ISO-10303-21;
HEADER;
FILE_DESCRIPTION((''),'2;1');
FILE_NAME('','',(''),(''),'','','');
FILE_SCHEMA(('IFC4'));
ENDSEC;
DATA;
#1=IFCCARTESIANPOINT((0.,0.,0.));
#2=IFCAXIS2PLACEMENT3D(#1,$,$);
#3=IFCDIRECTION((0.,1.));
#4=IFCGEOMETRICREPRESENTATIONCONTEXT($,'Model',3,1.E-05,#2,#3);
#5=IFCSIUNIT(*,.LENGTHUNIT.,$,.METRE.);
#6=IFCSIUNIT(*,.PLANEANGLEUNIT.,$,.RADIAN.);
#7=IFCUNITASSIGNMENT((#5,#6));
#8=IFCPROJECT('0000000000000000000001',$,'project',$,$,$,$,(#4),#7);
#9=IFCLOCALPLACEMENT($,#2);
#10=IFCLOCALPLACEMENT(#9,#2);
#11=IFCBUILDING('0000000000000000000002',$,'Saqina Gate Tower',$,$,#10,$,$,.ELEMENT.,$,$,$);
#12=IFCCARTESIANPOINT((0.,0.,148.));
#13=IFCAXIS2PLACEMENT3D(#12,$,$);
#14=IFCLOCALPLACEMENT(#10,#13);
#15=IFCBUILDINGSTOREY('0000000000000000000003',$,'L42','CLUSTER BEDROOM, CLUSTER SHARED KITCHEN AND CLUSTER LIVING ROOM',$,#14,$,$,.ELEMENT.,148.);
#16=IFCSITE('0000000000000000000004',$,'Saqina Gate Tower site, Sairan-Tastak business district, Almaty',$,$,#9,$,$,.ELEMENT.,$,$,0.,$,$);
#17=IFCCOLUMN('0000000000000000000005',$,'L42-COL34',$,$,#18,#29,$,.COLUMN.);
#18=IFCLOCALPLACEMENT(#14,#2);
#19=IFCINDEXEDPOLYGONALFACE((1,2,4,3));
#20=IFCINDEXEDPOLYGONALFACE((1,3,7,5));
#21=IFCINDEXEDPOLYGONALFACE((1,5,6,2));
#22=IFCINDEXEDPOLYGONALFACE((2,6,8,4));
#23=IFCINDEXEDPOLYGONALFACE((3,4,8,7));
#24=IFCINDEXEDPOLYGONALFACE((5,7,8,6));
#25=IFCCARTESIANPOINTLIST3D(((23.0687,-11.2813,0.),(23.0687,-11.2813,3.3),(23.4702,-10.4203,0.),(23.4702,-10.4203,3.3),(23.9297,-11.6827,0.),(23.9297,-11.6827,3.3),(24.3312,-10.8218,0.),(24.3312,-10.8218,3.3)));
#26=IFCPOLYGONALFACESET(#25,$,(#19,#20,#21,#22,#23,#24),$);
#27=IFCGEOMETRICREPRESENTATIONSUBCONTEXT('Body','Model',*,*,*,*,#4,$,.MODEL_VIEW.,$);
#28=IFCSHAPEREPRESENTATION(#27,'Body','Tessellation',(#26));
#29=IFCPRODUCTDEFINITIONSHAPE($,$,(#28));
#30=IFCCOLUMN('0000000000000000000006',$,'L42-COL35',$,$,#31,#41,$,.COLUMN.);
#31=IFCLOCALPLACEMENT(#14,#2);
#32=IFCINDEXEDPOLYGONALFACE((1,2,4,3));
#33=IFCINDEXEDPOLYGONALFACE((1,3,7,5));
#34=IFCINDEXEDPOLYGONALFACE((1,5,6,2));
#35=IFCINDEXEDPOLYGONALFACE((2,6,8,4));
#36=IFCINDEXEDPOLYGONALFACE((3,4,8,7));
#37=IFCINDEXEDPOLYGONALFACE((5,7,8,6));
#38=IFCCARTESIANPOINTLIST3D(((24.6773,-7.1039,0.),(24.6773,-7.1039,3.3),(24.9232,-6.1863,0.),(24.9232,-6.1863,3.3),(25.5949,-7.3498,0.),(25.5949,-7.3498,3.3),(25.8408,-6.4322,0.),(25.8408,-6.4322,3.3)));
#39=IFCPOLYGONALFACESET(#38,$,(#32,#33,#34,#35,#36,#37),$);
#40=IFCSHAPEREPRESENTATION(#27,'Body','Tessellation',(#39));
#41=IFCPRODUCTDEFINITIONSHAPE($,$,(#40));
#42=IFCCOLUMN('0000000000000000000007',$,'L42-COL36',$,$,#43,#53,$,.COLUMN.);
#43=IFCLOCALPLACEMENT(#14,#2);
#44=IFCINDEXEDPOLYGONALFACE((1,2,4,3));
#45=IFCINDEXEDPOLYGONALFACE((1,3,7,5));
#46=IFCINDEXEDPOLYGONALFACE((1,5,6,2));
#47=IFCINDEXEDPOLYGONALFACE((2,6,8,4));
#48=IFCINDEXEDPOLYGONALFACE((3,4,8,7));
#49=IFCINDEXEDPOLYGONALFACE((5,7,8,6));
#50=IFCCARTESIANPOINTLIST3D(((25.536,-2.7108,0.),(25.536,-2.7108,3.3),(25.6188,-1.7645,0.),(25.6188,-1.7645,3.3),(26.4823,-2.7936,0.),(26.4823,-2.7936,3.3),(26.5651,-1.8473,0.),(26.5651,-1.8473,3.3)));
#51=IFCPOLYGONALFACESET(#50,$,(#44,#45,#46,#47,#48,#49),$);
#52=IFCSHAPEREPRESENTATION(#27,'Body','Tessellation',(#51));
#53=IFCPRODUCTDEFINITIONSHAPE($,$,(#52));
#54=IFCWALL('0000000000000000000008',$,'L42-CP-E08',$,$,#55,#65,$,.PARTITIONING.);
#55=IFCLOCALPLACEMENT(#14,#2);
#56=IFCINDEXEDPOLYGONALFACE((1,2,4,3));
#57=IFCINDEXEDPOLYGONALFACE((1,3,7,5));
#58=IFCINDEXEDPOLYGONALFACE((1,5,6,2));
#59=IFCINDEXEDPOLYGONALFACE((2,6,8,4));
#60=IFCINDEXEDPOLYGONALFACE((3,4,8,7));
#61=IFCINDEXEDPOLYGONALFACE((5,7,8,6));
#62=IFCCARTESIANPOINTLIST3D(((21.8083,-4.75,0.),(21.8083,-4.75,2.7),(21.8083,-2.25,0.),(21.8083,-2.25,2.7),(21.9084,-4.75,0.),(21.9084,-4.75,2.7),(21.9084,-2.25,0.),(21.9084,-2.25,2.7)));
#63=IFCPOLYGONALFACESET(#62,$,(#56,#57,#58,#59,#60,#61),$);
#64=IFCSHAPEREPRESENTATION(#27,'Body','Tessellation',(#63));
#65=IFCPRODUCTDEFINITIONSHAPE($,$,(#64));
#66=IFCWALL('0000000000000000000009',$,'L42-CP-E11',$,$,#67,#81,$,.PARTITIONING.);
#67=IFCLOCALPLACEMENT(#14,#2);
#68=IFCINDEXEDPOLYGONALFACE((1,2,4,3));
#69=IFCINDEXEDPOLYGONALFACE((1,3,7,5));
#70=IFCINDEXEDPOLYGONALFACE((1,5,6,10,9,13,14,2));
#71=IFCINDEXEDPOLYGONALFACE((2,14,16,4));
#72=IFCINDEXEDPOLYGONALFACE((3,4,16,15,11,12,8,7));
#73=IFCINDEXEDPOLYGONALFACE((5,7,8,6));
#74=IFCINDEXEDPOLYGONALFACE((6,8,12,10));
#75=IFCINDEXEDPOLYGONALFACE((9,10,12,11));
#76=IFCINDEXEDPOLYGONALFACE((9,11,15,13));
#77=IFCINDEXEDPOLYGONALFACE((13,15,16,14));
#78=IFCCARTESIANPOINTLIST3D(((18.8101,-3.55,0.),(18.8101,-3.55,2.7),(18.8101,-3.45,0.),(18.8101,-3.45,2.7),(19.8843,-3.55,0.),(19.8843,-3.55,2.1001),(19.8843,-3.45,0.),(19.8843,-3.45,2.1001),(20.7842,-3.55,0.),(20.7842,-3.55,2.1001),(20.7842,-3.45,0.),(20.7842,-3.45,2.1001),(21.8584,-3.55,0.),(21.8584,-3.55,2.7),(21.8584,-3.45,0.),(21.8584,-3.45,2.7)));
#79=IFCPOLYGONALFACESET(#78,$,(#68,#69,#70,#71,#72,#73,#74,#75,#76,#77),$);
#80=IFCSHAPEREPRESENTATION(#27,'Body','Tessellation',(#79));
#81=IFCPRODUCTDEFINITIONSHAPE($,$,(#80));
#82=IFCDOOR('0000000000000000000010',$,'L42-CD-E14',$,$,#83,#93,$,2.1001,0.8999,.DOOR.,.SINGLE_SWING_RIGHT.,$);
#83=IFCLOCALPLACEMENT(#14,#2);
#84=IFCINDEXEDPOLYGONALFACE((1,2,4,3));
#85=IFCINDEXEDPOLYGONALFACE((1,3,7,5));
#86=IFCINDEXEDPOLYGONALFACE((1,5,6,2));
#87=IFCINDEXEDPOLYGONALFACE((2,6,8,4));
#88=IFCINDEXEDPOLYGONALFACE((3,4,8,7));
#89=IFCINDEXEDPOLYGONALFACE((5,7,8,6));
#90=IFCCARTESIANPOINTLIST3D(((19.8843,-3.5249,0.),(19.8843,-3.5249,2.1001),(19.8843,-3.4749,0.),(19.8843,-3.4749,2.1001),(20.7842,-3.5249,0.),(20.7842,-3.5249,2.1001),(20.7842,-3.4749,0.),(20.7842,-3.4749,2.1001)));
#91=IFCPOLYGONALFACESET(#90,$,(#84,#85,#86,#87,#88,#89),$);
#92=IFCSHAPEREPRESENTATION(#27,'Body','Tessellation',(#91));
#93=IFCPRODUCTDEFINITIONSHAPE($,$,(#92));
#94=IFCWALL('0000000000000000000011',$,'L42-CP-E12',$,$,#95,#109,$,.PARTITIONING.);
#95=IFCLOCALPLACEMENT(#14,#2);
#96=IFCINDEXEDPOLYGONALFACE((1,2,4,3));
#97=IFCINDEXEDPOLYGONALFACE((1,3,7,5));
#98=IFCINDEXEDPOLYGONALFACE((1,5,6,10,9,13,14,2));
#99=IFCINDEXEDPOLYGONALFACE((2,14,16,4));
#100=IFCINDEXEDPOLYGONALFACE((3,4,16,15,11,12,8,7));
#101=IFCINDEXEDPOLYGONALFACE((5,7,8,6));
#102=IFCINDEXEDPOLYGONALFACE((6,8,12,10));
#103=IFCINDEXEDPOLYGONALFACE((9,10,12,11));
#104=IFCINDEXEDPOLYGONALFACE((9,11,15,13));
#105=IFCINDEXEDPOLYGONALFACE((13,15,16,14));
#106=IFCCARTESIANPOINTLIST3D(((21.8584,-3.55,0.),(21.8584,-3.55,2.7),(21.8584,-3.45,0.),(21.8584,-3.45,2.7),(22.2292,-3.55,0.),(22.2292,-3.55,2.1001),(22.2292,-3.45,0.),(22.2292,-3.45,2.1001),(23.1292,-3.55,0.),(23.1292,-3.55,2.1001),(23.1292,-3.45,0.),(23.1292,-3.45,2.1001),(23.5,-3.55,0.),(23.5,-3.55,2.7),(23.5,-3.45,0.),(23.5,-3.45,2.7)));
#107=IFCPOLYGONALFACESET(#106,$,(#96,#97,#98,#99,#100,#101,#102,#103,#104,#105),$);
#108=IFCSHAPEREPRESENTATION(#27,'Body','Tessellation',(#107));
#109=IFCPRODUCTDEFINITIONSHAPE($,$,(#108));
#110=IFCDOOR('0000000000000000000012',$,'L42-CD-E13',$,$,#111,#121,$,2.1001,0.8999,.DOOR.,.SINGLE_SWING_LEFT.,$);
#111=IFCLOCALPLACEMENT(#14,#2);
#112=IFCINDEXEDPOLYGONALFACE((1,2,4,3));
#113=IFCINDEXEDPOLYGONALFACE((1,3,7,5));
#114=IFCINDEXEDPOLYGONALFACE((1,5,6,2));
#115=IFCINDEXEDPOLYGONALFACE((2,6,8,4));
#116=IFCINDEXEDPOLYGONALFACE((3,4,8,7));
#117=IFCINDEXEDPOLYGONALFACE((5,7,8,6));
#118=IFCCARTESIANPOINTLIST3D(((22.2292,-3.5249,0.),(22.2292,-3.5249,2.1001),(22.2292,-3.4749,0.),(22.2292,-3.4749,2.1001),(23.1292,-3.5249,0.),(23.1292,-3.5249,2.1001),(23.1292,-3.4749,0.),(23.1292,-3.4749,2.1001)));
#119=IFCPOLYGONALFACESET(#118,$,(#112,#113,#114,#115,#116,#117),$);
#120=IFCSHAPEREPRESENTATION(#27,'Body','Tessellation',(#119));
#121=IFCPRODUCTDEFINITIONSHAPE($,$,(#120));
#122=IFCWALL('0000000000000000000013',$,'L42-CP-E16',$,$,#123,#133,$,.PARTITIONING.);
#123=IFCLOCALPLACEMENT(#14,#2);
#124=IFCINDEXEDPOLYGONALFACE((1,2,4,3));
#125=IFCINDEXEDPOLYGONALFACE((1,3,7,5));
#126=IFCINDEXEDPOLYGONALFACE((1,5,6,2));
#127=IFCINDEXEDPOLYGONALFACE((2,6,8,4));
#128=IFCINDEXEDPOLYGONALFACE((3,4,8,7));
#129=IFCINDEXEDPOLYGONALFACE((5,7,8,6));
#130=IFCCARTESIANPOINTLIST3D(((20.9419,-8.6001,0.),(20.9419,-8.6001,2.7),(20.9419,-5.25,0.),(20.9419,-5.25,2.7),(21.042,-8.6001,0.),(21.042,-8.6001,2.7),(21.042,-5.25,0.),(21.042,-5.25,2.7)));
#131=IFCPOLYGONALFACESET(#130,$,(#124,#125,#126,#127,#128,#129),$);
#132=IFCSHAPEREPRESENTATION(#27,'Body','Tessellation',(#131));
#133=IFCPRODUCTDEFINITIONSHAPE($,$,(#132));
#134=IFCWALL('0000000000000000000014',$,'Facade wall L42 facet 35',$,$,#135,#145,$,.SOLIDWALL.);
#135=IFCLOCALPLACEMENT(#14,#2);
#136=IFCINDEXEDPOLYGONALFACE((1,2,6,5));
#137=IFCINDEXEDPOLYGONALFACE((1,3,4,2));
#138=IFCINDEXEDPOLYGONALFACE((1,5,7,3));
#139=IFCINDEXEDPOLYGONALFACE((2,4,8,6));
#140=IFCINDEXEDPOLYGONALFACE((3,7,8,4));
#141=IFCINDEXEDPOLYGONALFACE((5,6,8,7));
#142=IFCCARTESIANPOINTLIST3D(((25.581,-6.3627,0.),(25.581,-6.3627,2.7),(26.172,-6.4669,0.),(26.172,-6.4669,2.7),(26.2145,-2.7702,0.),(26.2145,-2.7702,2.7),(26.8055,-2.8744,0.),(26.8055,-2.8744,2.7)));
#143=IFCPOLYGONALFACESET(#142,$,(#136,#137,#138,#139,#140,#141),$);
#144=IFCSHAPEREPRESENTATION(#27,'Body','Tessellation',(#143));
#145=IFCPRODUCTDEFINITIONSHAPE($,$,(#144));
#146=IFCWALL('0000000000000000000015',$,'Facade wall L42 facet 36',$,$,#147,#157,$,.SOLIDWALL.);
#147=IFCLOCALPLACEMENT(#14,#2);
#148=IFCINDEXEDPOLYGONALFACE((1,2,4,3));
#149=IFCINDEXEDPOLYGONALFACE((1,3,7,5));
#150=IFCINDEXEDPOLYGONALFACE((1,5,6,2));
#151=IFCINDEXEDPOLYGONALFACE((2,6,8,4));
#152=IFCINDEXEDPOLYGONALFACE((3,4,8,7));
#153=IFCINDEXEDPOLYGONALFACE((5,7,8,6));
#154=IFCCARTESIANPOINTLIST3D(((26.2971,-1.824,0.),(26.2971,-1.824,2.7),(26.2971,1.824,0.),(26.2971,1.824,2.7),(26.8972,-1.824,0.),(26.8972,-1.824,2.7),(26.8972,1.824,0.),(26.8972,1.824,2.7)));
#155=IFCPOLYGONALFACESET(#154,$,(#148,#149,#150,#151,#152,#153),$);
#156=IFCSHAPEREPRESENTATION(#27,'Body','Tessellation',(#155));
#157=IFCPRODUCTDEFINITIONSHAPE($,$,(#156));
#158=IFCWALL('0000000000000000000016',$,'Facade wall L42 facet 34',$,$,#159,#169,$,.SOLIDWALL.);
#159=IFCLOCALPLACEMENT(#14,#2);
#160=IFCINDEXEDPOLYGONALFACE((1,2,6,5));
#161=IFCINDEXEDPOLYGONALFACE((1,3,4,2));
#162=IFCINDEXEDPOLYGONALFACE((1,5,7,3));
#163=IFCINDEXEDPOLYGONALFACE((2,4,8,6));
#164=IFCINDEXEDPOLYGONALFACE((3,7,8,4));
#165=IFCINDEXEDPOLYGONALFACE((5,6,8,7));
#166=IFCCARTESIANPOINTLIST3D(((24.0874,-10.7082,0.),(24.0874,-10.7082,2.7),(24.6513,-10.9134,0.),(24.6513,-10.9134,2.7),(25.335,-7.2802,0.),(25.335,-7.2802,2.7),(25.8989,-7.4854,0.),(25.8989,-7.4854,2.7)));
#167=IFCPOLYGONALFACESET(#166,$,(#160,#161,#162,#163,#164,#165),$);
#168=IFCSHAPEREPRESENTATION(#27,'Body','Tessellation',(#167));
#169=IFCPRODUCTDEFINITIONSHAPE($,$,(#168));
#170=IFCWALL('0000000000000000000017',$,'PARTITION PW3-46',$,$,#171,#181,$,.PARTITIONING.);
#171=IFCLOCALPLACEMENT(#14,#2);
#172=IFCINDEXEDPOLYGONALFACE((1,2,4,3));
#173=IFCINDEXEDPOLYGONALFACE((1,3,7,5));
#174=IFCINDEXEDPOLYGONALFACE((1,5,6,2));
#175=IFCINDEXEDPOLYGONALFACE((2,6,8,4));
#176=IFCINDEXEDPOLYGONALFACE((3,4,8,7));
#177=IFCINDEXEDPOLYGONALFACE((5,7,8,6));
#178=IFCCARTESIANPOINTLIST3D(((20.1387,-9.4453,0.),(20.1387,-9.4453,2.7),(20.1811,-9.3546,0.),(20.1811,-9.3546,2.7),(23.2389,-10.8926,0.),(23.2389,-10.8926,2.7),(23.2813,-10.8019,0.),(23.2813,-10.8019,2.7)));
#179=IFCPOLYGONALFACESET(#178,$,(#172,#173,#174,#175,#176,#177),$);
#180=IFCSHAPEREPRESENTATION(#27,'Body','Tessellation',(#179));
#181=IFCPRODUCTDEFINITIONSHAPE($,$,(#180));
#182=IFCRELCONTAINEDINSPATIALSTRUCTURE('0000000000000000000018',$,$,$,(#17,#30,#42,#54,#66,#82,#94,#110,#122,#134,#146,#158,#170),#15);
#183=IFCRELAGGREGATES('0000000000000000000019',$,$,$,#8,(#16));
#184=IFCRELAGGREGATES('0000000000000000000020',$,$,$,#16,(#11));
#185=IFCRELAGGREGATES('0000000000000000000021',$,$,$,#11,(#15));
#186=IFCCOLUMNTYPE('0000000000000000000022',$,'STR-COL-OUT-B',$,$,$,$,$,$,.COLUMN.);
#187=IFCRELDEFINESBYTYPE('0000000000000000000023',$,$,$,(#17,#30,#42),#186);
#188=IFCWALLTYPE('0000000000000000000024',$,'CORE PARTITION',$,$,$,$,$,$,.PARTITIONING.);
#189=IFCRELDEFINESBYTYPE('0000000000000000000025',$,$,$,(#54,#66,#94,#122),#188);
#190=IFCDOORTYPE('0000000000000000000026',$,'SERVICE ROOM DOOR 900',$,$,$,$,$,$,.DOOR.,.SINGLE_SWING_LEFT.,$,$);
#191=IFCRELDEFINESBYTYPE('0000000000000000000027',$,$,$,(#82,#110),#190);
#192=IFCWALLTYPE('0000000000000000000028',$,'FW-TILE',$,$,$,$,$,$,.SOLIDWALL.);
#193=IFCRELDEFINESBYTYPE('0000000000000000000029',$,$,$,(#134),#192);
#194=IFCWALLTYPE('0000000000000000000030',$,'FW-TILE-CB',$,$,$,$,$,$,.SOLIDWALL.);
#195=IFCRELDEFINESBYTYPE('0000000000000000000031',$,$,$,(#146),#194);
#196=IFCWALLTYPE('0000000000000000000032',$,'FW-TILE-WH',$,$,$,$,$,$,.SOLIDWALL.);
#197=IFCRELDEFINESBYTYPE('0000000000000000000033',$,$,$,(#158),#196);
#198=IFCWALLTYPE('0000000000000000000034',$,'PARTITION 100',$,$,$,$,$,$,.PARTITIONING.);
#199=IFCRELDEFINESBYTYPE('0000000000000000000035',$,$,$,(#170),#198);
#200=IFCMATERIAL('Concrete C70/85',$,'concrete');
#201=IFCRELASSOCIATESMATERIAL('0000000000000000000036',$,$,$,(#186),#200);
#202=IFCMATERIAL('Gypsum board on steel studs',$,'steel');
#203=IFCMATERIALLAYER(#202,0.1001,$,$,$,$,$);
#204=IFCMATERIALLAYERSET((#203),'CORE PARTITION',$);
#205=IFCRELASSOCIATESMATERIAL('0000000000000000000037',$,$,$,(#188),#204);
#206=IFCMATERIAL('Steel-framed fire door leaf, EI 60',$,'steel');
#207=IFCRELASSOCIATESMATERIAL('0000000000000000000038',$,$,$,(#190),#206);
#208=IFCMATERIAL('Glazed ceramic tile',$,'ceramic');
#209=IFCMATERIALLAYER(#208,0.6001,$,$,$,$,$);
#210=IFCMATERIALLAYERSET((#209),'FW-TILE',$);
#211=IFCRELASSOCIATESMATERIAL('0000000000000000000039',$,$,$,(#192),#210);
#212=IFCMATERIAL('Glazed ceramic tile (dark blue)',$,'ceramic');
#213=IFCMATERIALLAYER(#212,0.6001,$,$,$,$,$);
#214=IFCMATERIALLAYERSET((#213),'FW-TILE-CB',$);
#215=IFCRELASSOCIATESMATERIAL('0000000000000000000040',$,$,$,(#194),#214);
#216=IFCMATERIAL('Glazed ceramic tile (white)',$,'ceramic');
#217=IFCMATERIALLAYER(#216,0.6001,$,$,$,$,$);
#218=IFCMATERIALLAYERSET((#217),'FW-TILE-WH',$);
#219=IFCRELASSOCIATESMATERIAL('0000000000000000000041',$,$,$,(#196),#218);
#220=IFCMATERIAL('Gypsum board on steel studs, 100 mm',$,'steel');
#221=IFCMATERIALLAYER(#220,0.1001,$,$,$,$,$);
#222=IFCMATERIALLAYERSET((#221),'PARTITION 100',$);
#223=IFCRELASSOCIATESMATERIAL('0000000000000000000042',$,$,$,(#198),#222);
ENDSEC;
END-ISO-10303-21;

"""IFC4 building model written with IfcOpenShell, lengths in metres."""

from ifc_helpers import new_model, si_unit, direction, frame, frame_2d, origin, origin_2d, place, context, subcontext, project, spatial, rectangle, extrude, material, layer, layer_set, material_profile, profile_set, type_object, element, fill, save


model = new_model("IFC4")

# Units and contexts
model_context = context("Model", 3, precision=1e-05, world=origin(), true_north=direction((0.0, 1.0)))
body_context = subcontext(model_context, "Body", "Model", "MODEL_VIEW")
ifc_project = project(units=[si_unit("LENGTHUNIT", "METRE"), si_unit("PLANEANGLEUNIT", "RADIAN")], contexts=[model_context])

# Site, building, storey
site_placement = place(None, origin())
site = spatial("IfcSite", under=ifc_project, at=site_placement, Name="Saqina Gate Tower site, Sairan-Tastak business district, Almaty", CompositionType="ELEMENT", RefElevation=0.0)
building_placement = place(site_placement, origin())
building = spatial("IfcBuilding", under=site, at=building_placement, Name="Saqina Gate Tower", CompositionType="ELEMENT")
storey_placement = place(building_placement, frame((0.0, 0.0, 148.0)))
storey = spatial("IfcBuildingStorey", under=building, at=storey_placement, Name="L42", Description="CLUSTER BEDROOM, CLUSTER SHARED KITCHEN AND CLUSTER LIVING ROOM", CompositionType="ELEMENT", Elevation=148.0)

# Columns
ifc_material_1 = material(Name="Concrete C70/85", Category="concrete")
ifc_material_profile = material_profile(ifc_material_1, rectangle(XDim=0.95, YDim=0.95, at=origin_2d()), Name="RC 950x950")
ifc_profile_set = profile_set([ifc_material_profile], Name="Concrete C70/85")
column_type = type_object("IfcColumnType", Name="STR-COL-OUT-B", PredefinedType="COLUMN", material=ifc_profile_set)
for number, where, z_axis, x_axis, name in (
    (1, (23.7, -11.0515, 0.0), (0.0, 0.0, 1.0), (0.906308, -0.422618, 0.0), "L42-COL34"),
    (2, (25.259, -6.7681, 0.0), (0.0, 0.0, 1.0), (0.965926, -0.258819, 0.0), "L42-COL35"),
    (3, (26.0505, -2.2791, 0.0), (0.0, 0.0, 1.0), (0.996195, -0.087156, 0.0), "L42-COL36"),
):
    element("IfcColumn", number, at=place(storey_placement, frame(where, z_axis=z_axis, x_axis=x_axis)), inside=storey, type_object=column_type, Name=name, PredefinedType="COLUMN", context=body_context, shape_type="SweptSolid", body=[
        extrude(rectangle(XDim=0.95, YDim=0.95, at=origin_2d()), origin(), (0.0, 0.0, 1.0), 3.3),
    ])

# Wall
ifc_material_2 = material(Name="Gypsum board on steel studs", Category="steel")
ifc_layer_1 = layer(ifc_material_2, 0.1001)
ifc_layer_set_1 = layer_set([ifc_layer_1], Name="CORE PARTITION")
wall_type_1 = type_object("IfcWallType", Name="CORE PARTITION", PredefinedType="PARTITIONING", material=ifc_layer_set_1)
wall_1_placement = place(storey_placement, frame((21.8584, -4.75, 0.0), z_axis=(0.0, 0.0, 1.0), x_axis=(0.0, 1.0, 0.0)))
element("IfcWall", 4, at=wall_1_placement, inside=storey, type_object=wall_type_1, Name="L42-CP-E08", PredefinedType="PARTITIONING", context=body_context, shape_type="SweptSolid", body=[
    extrude(rectangle(XDim=2.5, YDim=0.1001, at=frame_2d((1.25, 0.0))), origin(), (0.0, 0.0, 1.0), 2.7),
])

# Walls, openings, doors
wall_2_placement = place(storey_placement, frame((18.8101, -3.5, 0.0), z_axis=(0.0, 0.0, 1.0), x_axis=(1.0, 0.0, 0.0)))
wall_2 = element("IfcWall", 5, at=wall_2_placement, inside=storey, type_object=wall_type_1, Name="L42-CP-E11", PredefinedType="PARTITIONING", context=body_context, shape_type="SweptSolid", body=[
    extrude(rectangle(XDim=3.0483, YDim=0.1001, at=frame_2d((1.5242, 0.0))), origin(), (0.0, 0.0, 1.0), 2.7),
])
opening_1_placement = place(wall_2_placement, frame((1.0742, 0.0, 0.0)))
opening_1 = element("IfcOpeningElement", 6, at=opening_1_placement, cuts=wall_2, PredefinedType="OPENING", context=body_context, shape_type="SweptSolid", body=[
    extrude(rectangle(XDim=0.8999, YDim=2.1001, at=frame_2d((0.45, 1.05))), frame((0.0, 0.062, 0.0), z_axis=(0.0, -1.0, 0.0), x_axis=(1.0, 0.0, 0.0)), (0.0, 0.0, 1.0), 0.124),
])
ifc_material_3 = material(Name="Steel-framed fire door leaf, EI 60", Category="steel")
door_type = type_object("IfcDoorType", Name="SERVICE ROOM DOOR 900", OperationType="SINGLE_SWING_LEFT", PredefinedType="DOOR", material=ifc_material_3)
door_1_placement = place(opening_1_placement, frame((0.8999, 0.0, 0.0), z_axis=(0.0, 0.0, 1.0), x_axis=(-1.0, 0.0, 0.0)))
door_1 = element("IfcDoor", 7, at=door_1_placement, inside=storey, type_object=door_type, Name="L42-CD-E14", OperationType="SINGLE_SWING_RIGHT", OverallHeight=2.1001, OverallWidth=0.8999, PredefinedType="DOOR", context=body_context, shape_type="SweptSolid", body=[
    extrude(rectangle(XDim=0.8999, YDim=2.1001, at=frame_2d((0.45, 1.05))), frame((0.0, 0.0249, 0.0), z_axis=(0.0, -1.0, 0.0), x_axis=(1.0, 0.0, 0.0)), (0.0, 0.0, 1.0), 0.05),
])
fill(opening_1, door_1)
wall_3_placement = place(storey_placement, frame((21.8584, -3.5, 0.0), z_axis=(0.0, 0.0, 1.0), x_axis=(1.0, 0.0, 0.0)))
wall_3 = element("IfcWall", 8, at=wall_3_placement, inside=storey, type_object=wall_type_1, Name="L42-CP-E12", PredefinedType="PARTITIONING", context=body_context, shape_type="SweptSolid", body=[
    extrude(rectangle(XDim=1.6416, YDim=0.1001, at=frame_2d((0.8208, 0.0))), origin(), (0.0, 0.0, 1.0), 2.7),
])
opening_2_placement = place(wall_3_placement, frame((0.3708, 0.0, 0.0)))
opening_2 = element("IfcOpeningElement", 9, at=opening_2_placement, cuts=wall_3, PredefinedType="OPENING", context=body_context, shape_type="SweptSolid", body=[
    extrude(rectangle(XDim=0.8999, YDim=2.1001, at=frame_2d((0.45, 1.05))), frame((0.0, 0.062, 0.0), z_axis=(0.0, -1.0, 0.0), x_axis=(1.0, 0.0, 0.0)), (0.0, 0.0, 1.0), 0.124),
])
door_2_placement = place(opening_2_placement, frame((0.8999, 0.0, 0.0), z_axis=(0.0, 0.0, 1.0), x_axis=(-1.0, 0.0, 0.0)))
door_2 = element("IfcDoor", 10, at=door_2_placement, inside=storey, type_object=door_type, Name="L42-CD-E13", OperationType="SINGLE_SWING_LEFT", OverallHeight=2.1001, OverallWidth=0.8999, PredefinedType="DOOR", context=body_context, shape_type="SweptSolid", body=[
    extrude(rectangle(XDim=0.8999, YDim=2.1001, at=frame_2d((0.45, 1.05))), frame((0.0, 0.0249, 0.0), z_axis=(0.0, -1.0, 0.0), x_axis=(1.0, 0.0, 0.0)), (0.0, 0.0, 1.0), 0.05),
])
fill(opening_2, door_2)

# Walls
wall_4_placement = place(storey_placement, frame((20.9919, -8.6001, 0.0), z_axis=(0.0, 0.0, 1.0), x_axis=(0.0, 1.0, 0.0)))
element("IfcWall", 11, at=wall_4_placement, inside=storey, type_object=wall_type_1, Name="L42-CP-E16", PredefinedType="PARTITIONING", context=body_context, shape_type="SweptSolid", body=[
    extrude(rectangle(XDim=3.3501, YDim=0.1001, at=frame_2d((1.675, 0.0))), origin(), (0.0, 0.0, 1.0), 2.7),
])
ifc_material_4 = material(Name="Glazed ceramic tile", Category="ceramic")
ifc_layer_2 = layer(ifc_material_4, 0.6001)
ifc_layer_set_2 = layer_set([ifc_layer_2], Name="FW-TILE")
wall_type_2 = type_object("IfcWallType", Name="FW-TILE", PredefinedType="SOLIDWALL", material=ifc_layer_set_2)
wall_5_placement = place(storey_placement, frame((25.8765, -6.4148, 0.0), z_axis=(0.0, 0.0, 1.0), x_axis=(0.173671, 0.984804, 0.0)))
element("IfcWall", 12, at=wall_5_placement, inside=storey, type_object=wall_type_2, Name="Facade wall L42 facet 35", PredefinedType="SOLIDWALL", context=body_context, shape_type="SweptSolid", body=[
    extrude(rectangle(XDim=3.6479, YDim=0.6001, at=frame_2d((1.824, 0.0))), origin(), (0.0, 0.0, 1.0), 2.7),
])
ifc_material_5 = material(Name="Glazed ceramic tile (dark blue)", Category="ceramic")
ifc_layer_3 = layer(ifc_material_5, 0.6001)
ifc_layer_set_3 = layer_set([ifc_layer_3], Name="FW-TILE-CB")
wall_type_3 = type_object("IfcWallType", Name="FW-TILE-CB", PredefinedType="SOLIDWALL", material=ifc_layer_set_3)
wall_6_placement = place(storey_placement, frame((26.5972, -1.824, 0.0), z_axis=(0.0, 0.0, 1.0), x_axis=(0.0, 1.0, 0.0)))
element("IfcWall", 13, at=wall_6_placement, inside=storey, type_object=wall_type_3, Name="Facade wall L42 facet 36", PredefinedType="SOLIDWALL", context=body_context, shape_type="SweptSolid", body=[
    extrude(rectangle(XDim=3.6479, YDim=0.6001, at=frame_2d((1.824, 0.0))), origin(), (0.0, 0.0, 1.0), 2.7),
])
ifc_material_6 = material(Name="Glazed ceramic tile (white)", Category="ceramic")
ifc_layer_4 = layer(ifc_material_6, 0.6001)
ifc_layer_set_4 = layer_set([ifc_layer_4], Name="FW-TILE-WH")
wall_type_4 = type_object("IfcWallType", Name="FW-TILE-WH", PredefinedType="SOLIDWALL", material=ifc_layer_set_4)
wall_7_placement = place(storey_placement, frame((24.3694, -10.8108, 0.0), z_axis=(0.0, 0.0, 1.0), x_axis=(0.34199, 0.939704, 0.0)))
element("IfcWall", 14, at=wall_7_placement, inside=storey, type_object=wall_type_4, Name="Facade wall L42 facet 34", PredefinedType="SOLIDWALL", context=body_context, shape_type="SweptSolid", body=[
    extrude(rectangle(XDim=3.6479, YDim=0.6001, at=frame_2d((1.824, 0.0))), origin(), (0.0, 0.0, 1.0), 2.7),
])
ifc_material_7 = material(Name="Gypsum board on steel studs, 100 mm", Category="steel")
ifc_layer_5 = layer(ifc_material_7, 0.1001)
ifc_layer_set_5 = layer_set([ifc_layer_5], Name="PARTITION 100")
wall_type_5 = type_object("IfcWallType", Name="PARTITION 100", PredefinedType="PARTITIONING", material=ifc_layer_set_5)
wall_8_placement = place(storey_placement, frame((20.1599, -9.3999, 0.0), z_axis=(0.0, 0.0, 1.0), x_axis=(0.906121, -0.423018, 0.0)))
element("IfcWall", 15, at=wall_8_placement, inside=storey, type_object=wall_type_5, Name="PARTITION PW3-46", PredefinedType="PARTITIONING", context=body_context, shape_type="SweptSolid", body=[
    extrude(rectangle(XDim=3.4214, YDim=0.1001, at=frame_2d((1.7107, 0.0))), origin(), (0.0, 0.0, 1.0), 2.7),
])

save(model, "model.ifc")
